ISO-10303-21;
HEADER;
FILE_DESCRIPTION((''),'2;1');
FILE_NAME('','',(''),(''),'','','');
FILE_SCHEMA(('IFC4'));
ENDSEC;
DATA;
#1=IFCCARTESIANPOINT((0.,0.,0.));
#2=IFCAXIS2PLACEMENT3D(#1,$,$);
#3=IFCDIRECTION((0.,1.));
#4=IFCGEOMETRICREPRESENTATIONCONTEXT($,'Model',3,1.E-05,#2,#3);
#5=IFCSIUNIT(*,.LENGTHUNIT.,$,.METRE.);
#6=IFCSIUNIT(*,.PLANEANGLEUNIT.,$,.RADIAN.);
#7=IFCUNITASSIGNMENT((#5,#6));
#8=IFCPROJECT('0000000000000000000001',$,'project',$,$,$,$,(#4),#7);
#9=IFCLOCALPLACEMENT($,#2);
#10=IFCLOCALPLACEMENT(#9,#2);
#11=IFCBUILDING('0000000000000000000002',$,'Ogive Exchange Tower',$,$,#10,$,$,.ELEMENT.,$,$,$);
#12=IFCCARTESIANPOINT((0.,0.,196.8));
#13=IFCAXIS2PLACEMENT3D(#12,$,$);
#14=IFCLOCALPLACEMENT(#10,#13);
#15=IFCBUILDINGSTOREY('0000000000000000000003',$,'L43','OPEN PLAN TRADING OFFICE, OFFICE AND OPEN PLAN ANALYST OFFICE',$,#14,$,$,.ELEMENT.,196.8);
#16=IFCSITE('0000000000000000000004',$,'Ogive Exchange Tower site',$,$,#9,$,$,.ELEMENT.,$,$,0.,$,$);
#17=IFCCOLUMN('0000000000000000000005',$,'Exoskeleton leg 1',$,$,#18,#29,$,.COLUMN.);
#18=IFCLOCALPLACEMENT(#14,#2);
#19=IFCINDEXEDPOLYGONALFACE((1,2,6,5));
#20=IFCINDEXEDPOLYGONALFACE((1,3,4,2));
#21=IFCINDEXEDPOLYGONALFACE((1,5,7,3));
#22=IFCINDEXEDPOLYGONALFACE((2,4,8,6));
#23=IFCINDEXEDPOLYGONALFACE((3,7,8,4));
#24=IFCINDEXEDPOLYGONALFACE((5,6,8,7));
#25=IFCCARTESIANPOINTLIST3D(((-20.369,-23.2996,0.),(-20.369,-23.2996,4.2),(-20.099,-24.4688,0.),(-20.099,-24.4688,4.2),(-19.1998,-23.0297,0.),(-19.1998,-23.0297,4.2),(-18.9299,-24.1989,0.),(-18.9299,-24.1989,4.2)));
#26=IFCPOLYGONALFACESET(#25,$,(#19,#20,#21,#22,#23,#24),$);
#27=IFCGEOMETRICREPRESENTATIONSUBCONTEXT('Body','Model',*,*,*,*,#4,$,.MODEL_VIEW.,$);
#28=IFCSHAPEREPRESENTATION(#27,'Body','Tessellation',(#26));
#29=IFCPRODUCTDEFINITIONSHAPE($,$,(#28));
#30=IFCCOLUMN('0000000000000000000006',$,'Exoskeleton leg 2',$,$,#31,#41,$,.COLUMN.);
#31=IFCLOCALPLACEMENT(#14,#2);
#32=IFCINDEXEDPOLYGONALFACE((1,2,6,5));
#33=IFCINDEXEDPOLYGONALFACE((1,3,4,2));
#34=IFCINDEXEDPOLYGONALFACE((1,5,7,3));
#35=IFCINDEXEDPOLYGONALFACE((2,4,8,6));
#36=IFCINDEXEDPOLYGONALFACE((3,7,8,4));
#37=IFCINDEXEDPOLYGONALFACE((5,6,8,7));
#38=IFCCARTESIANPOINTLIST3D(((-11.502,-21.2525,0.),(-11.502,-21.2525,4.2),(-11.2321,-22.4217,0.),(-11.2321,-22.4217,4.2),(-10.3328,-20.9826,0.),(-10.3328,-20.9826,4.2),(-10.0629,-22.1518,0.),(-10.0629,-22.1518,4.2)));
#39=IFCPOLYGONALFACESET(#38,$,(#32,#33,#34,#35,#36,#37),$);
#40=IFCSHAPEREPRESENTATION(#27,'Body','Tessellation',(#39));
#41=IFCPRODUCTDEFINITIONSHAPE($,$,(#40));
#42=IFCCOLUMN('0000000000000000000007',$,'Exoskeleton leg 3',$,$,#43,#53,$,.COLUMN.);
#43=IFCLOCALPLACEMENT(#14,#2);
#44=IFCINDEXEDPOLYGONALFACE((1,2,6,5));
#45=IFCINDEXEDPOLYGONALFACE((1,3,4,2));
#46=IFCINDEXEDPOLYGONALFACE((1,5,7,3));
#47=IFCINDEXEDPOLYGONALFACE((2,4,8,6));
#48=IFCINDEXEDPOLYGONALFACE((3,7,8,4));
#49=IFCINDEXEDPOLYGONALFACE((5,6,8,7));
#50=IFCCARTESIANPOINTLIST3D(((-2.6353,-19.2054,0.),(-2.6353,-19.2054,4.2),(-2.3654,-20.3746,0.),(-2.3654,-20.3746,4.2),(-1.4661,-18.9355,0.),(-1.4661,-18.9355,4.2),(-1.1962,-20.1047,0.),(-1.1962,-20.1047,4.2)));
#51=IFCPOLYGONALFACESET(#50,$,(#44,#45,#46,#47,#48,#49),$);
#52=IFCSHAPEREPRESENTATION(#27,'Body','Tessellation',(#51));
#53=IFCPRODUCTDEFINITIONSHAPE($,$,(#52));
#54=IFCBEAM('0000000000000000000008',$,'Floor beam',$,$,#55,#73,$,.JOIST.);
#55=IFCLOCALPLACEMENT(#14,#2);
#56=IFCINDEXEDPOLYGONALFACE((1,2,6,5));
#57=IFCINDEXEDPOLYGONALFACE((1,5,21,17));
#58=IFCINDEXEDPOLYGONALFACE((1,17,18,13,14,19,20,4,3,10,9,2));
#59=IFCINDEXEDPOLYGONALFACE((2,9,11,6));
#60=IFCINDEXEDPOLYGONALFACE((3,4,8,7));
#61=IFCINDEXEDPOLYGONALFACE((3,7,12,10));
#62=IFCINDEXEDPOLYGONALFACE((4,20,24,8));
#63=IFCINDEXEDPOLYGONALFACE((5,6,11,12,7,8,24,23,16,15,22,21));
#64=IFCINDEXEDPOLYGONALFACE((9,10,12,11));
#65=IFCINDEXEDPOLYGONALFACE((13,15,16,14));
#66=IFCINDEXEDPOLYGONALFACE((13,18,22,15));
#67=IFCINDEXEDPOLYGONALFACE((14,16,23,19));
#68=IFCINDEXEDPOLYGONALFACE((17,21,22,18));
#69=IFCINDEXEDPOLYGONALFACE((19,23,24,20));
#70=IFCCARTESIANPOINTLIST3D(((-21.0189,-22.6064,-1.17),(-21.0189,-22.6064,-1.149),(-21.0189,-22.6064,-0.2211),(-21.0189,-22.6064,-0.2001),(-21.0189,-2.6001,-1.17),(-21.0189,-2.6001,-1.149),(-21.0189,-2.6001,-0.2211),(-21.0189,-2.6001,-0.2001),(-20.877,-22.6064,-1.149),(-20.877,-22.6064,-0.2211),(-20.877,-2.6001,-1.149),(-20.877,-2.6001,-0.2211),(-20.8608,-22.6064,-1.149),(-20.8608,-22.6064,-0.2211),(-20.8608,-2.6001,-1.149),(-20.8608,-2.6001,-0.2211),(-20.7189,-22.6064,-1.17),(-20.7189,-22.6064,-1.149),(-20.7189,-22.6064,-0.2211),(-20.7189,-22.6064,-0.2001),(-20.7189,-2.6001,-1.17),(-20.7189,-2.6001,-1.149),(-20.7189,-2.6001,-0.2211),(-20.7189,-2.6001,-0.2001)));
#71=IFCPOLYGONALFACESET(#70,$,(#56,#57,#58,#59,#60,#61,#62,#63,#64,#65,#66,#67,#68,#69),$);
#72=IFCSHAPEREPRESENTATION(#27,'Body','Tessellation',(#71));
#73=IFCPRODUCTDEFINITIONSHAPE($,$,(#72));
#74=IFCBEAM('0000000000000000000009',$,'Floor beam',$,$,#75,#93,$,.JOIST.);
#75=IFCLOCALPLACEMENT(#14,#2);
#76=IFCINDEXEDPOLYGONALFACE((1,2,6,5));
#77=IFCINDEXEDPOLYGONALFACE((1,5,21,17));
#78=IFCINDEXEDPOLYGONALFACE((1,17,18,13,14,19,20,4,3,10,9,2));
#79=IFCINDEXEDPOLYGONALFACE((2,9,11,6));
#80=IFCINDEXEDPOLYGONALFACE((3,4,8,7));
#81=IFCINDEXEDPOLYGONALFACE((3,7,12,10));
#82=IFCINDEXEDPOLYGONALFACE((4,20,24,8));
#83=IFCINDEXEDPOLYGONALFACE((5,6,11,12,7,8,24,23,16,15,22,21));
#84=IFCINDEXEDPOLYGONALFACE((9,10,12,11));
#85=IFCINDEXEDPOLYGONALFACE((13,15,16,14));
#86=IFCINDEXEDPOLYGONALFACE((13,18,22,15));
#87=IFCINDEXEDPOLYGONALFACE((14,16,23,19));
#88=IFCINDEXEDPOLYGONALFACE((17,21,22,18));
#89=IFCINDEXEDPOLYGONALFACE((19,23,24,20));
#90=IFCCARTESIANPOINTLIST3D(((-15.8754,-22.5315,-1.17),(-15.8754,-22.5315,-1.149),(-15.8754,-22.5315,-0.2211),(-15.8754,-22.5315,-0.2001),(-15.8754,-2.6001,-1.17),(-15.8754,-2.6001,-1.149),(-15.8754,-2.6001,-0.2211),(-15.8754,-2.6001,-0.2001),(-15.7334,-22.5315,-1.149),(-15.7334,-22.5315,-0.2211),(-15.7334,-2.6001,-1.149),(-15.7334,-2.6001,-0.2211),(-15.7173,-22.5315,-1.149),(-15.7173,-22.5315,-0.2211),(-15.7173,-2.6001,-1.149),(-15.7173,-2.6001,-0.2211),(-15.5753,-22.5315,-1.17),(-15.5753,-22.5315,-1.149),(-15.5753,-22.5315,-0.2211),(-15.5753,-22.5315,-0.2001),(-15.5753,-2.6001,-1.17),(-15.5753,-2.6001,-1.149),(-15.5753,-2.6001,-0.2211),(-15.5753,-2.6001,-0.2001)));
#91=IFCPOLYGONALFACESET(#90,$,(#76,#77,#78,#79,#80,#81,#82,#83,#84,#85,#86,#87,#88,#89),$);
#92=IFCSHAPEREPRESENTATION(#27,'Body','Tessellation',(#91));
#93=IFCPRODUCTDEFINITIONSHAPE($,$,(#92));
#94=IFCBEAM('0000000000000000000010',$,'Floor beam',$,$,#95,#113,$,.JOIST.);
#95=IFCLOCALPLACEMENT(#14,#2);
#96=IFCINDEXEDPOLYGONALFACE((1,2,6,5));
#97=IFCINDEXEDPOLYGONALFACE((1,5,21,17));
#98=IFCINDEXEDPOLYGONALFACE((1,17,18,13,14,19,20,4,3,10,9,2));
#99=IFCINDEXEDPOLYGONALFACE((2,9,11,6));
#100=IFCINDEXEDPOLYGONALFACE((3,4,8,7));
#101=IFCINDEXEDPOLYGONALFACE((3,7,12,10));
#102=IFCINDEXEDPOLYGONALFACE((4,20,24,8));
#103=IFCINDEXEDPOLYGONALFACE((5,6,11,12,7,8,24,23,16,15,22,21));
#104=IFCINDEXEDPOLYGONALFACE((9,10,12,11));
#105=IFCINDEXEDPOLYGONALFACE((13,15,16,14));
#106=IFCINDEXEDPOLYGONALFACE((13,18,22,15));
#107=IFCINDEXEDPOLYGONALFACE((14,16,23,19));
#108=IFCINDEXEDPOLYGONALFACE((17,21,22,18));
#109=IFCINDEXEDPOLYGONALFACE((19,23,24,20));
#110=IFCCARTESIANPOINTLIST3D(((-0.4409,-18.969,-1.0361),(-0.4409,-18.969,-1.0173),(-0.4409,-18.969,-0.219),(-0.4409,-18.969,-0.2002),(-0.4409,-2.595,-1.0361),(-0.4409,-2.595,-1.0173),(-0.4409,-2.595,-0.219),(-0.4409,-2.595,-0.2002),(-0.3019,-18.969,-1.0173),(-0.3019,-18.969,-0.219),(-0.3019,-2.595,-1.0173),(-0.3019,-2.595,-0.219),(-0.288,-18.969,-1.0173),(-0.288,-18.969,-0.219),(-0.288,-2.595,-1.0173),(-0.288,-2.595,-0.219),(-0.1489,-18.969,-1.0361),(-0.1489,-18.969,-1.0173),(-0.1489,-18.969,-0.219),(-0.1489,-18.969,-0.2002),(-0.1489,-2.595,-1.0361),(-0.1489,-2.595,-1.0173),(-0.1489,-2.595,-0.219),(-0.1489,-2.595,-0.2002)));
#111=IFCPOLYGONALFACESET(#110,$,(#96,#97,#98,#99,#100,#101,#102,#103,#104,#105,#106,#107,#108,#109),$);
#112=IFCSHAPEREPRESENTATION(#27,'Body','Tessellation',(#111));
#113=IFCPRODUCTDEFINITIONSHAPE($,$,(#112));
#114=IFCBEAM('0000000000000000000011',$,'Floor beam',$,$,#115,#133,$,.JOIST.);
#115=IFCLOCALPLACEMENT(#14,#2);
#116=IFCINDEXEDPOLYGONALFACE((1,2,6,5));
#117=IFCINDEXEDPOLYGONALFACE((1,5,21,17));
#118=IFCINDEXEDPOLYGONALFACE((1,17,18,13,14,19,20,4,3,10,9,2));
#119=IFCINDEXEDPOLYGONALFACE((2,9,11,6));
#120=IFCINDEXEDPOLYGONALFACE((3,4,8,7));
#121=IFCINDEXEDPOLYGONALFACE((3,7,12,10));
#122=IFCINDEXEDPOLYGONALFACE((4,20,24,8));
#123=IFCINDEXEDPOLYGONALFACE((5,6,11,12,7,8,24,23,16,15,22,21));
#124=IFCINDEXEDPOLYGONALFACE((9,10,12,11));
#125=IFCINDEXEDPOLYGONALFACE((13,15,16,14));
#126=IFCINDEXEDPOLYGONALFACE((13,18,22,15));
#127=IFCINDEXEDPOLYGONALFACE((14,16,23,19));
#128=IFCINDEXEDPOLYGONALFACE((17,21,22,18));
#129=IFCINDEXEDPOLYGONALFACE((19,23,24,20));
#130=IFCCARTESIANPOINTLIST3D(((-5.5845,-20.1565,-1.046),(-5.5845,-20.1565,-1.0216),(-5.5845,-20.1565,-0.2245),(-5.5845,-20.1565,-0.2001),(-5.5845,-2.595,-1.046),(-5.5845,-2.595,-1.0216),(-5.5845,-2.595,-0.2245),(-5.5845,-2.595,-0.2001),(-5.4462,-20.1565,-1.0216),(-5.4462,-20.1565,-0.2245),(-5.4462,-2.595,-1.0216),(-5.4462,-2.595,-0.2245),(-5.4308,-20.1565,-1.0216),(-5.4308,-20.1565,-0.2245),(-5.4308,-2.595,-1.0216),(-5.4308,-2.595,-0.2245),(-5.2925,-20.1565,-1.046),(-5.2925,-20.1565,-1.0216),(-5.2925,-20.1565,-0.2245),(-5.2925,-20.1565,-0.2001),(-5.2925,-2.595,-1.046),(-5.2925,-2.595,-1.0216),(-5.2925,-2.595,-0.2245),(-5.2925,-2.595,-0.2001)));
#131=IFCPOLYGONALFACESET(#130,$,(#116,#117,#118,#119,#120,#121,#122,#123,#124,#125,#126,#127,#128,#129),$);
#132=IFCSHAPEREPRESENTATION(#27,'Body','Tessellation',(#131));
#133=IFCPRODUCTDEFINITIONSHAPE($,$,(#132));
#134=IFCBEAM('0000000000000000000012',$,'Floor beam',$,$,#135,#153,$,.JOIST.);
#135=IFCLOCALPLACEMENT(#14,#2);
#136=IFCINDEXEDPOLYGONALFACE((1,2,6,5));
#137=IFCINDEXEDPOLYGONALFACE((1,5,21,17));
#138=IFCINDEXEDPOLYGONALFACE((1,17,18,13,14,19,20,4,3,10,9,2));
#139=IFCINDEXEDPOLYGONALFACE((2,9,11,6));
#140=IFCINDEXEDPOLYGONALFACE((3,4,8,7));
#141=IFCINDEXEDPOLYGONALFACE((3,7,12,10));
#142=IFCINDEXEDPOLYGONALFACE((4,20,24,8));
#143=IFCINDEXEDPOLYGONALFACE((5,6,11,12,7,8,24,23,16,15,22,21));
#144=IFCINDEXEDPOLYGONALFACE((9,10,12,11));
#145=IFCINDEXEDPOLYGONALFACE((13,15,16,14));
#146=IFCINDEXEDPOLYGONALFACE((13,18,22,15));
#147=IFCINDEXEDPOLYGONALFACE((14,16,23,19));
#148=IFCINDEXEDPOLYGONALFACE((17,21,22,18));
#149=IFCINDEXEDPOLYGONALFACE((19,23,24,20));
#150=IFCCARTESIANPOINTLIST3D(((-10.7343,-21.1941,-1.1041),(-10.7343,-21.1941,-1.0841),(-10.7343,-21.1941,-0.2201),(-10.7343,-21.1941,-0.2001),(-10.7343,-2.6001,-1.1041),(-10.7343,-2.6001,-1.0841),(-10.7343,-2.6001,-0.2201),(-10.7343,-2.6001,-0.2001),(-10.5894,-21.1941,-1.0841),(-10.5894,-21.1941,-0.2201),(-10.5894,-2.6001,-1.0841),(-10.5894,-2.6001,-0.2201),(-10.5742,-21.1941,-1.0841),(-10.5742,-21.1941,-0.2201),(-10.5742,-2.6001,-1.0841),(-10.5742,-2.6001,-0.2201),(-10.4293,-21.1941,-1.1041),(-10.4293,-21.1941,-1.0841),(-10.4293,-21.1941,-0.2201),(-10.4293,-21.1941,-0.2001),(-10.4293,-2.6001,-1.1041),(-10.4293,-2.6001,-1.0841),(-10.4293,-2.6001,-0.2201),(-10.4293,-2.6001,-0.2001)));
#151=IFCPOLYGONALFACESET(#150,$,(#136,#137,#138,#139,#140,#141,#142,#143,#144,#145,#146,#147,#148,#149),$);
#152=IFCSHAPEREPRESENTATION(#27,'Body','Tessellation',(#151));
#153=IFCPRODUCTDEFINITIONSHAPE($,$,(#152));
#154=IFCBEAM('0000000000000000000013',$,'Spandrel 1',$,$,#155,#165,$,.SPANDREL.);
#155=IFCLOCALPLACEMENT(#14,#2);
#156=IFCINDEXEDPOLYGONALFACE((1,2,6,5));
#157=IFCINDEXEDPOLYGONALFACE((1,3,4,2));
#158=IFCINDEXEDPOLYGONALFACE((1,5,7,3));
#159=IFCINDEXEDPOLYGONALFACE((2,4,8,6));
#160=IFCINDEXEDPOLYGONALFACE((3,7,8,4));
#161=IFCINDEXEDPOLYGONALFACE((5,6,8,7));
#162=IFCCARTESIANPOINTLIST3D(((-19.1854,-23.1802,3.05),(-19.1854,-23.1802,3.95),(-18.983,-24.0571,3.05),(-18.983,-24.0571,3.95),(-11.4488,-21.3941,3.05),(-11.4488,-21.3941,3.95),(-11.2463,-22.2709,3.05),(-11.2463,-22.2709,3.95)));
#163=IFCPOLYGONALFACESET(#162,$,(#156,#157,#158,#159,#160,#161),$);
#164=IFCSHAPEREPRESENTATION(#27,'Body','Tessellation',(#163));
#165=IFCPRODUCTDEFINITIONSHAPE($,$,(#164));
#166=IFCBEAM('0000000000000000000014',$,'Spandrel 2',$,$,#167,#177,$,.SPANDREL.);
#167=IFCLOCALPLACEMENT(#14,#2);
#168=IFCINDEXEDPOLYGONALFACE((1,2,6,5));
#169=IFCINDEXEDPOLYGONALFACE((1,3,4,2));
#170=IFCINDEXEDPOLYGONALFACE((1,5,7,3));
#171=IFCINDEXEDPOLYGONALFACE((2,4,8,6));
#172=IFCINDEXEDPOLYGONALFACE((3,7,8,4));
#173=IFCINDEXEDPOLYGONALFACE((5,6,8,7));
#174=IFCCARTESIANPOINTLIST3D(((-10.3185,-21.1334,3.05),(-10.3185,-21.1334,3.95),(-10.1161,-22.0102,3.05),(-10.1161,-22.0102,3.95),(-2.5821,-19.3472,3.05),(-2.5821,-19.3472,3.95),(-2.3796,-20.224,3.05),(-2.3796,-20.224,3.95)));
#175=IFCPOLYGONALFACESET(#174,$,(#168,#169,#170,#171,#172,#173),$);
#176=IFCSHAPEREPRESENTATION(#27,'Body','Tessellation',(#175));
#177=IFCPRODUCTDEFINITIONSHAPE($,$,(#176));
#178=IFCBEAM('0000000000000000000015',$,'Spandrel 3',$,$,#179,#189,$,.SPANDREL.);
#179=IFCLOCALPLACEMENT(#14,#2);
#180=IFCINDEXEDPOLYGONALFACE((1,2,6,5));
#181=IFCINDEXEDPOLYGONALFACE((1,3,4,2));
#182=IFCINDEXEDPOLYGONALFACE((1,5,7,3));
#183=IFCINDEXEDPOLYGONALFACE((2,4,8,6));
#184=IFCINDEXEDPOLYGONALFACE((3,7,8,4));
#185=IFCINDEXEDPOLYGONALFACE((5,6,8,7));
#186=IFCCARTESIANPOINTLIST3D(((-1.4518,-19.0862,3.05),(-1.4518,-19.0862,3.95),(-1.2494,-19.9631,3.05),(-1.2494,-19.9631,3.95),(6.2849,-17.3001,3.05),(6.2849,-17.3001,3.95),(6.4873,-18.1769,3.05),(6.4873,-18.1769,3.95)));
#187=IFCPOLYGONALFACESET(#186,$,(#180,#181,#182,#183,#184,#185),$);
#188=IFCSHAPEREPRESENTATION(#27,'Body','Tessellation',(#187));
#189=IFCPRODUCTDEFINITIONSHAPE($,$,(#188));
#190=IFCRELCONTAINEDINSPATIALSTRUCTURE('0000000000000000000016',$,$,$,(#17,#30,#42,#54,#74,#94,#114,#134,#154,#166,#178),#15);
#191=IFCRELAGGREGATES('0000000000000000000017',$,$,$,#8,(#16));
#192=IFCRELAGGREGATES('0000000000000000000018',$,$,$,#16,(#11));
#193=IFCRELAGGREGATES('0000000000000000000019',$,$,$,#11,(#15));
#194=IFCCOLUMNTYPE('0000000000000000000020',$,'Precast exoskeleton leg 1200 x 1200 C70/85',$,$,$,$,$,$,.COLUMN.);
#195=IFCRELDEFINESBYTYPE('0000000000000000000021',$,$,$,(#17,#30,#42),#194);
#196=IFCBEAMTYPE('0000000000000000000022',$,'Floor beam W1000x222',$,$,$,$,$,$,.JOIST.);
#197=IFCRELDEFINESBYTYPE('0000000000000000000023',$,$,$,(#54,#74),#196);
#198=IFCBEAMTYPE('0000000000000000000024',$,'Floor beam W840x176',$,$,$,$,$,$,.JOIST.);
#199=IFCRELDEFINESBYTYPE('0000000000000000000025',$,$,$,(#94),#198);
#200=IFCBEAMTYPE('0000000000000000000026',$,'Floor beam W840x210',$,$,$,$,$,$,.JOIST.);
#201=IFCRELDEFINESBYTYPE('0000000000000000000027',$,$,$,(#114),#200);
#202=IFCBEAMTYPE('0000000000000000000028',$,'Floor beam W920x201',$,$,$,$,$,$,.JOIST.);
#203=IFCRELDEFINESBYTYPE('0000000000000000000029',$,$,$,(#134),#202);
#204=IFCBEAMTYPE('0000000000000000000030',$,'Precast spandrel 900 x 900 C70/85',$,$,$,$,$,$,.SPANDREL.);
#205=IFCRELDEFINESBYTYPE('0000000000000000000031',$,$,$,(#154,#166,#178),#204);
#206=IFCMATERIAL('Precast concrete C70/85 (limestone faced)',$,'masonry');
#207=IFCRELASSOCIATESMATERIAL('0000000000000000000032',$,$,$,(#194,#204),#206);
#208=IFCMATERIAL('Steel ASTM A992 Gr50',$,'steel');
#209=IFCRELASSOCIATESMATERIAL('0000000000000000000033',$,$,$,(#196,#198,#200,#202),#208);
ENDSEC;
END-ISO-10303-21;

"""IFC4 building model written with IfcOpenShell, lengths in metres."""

from ifc_helpers import new_model, si_unit, direction, frame, origin, origin_2d, place, context, subcontext, project, spatial, rectangle, i_section, extrude, material, material_profile, profile_set, type_object, element, save


model = new_model("IFC4")

# Units and contexts
model_context = context("Model", 3, precision=1e-05, world=origin(), true_north=direction((0.0, 1.0)))
body_context = subcontext(model_context, "Body", "Model", "MODEL_VIEW")
ifc_project = project(units=[si_unit("LENGTHUNIT", "METRE"), si_unit("PLANEANGLEUNIT", "RADIAN")], contexts=[model_context])

# Site, building, storey
site_placement = place(None, origin())
site = spatial("IfcSite", under=ifc_project, at=site_placement, Name="Ogive Exchange Tower site", CompositionType="ELEMENT", RefElevation=0.0)
building_placement = place(site_placement, origin())
building = spatial("IfcBuilding", under=site, at=building_placement, Name="Ogive Exchange Tower", CompositionType="ELEMENT")
storey_placement = place(building_placement, frame((0.0, 0.0, 196.8)))
storey = spatial("IfcBuildingStorey", under=building, at=storey_placement, Name="L43", Description="OPEN PLAN TRADING OFFICE, OFFICE AND OPEN PLAN ANALYST OFFICE", CompositionType="ELEMENT", Elevation=196.8)

# Columns
ifc_material_1 = material(Name="Precast concrete C70/85 (limestone faced)", Category="masonry")
ifc_material_profile_1 = material_profile(ifc_material_1, rectangle(XDim=1.2, YDim=1.2, at=origin_2d()), Name="1200 x 1200")
ifc_profile_set_1 = profile_set([ifc_material_profile_1], Name="Precast concrete C70/85 (limestone faced)")
column_type = type_object("IfcColumnType", Name="Precast exoskeleton leg 1200 x 1200 C70/85", PredefinedType="COLUMN", material=ifc_profile_set_1)
for number, where, z_axis, x_axis, name in (
    (1, (-19.6494, -23.7493, 0.0), (0.0, 0.0, 1.0), (0.97437, 0.224951, 0.0), "Exoskeleton leg 1"),
    (2, (-10.7825, -21.7021, 0.0), (0.0, 0.0, 1.0), (0.97437, 0.224951, 0.0), "Exoskeleton leg 2"),
    (3, (-1.9158, -19.655, 0.0), (0.0, 0.0, 1.0), (0.97437, 0.224951, 0.0), "Exoskeleton leg 3"),
):
    element("IfcColumn", number, at=place(storey_placement, frame(where, z_axis=z_axis, x_axis=x_axis)), inside=storey, type_object=column_type, Name=name, PredefinedType="COLUMN", context=body_context, shape_type="SweptSolid", body=[
        extrude(rectangle(XDim=1.2, YDim=1.2, at=origin_2d()), origin(), (0.0, 0.0, 1.0), 4.2),
    ])

# Beams
ifc_material_2 = material(Name="Steel ASTM A992 Gr50", Category="steel")
ifc_material_profile_2 = material_profile(ifc_material_2, i_section(OverallWidth=0.3, OverallDepth=0.97, WebThickness=0.0161, FlangeThickness=0.021, at=origin_2d()), Name="W1000x222")
ifc_profile_set_2 = profile_set([ifc_material_profile_2], Name="Steel ASTM A992 Gr50")
beam_type_1 = type_object("IfcBeamType", Name="Floor beam W1000x222", PredefinedType="JOIST", material=ifc_profile_set_2)
beam_1_placement = place(storey_placement, frame((-20.8689, -22.6064, -0.6851), z_axis=(0.0, 1.0, 0.0), x_axis=(-1.0, 0.0, 0.0)))
element("IfcBeam", 4, at=beam_1_placement, inside=storey, type_object=beam_type_1, Name="Floor beam", PredefinedType="JOIST", context=body_context, shape_type="SweptSolid", body=[
    extrude(i_section(OverallWidth=0.3, OverallDepth=0.97, WebThickness=0.0161, FlangeThickness=0.021, at=origin_2d()), origin(), (0.0, 0.0, 1.0), 20.0063),
])
beam_2_placement = place(storey_placement, frame((-15.7253, -22.5315, -0.6851), z_axis=(0.0, 1.0, 0.0), x_axis=(-1.0, 0.0, 0.0)))
element("IfcBeam", 5, at=beam_2_placement, inside=storey, type_object=beam_type_1, Name="Floor beam", PredefinedType="JOIST", context=body_context, shape_type="SweptSolid", body=[
    extrude(i_section(OverallWidth=0.3, OverallDepth=0.97, WebThickness=0.0161, FlangeThickness=0.021, at=origin_2d()), origin(), (0.0, 0.0, 1.0), 19.9314),
])
ifc_material_profile_3 = material_profile(ifc_material_2, i_section(OverallWidth=0.292, OverallDepth=0.8359, WebThickness=0.0139, FlangeThickness=0.0188, at=origin_2d()), Name="W840x176")
ifc_profile_set_3 = profile_set([ifc_material_profile_3], Name="Steel ASTM A992 Gr50")
beam_type_2 = type_object("IfcBeamType", Name="Floor beam W840x176", PredefinedType="JOIST", material=ifc_profile_set_3)
beam_3_placement = place(storey_placement, frame((-0.2949, -18.969, -0.6182), z_axis=(0.0, 1.0, 0.0), x_axis=(-1.0, 0.0, 0.0)))
element("IfcBeam", 6, at=beam_3_placement, inside=storey, type_object=beam_type_2, Name="Floor beam", PredefinedType="JOIST", context=body_context, shape_type="SweptSolid", body=[
    extrude(i_section(OverallWidth=0.292, OverallDepth=0.8359, WebThickness=0.0139, FlangeThickness=0.0188, at=origin_2d()), origin(), (0.0, 0.0, 1.0), 16.374),
])
ifc_material_profile_4 = material_profile(ifc_material_2, i_section(OverallWidth=0.292, OverallDepth=0.8459, WebThickness=0.0154, FlangeThickness=0.0244, at=origin_2d()), Name="W840x210")
ifc_profile_set_4 = profile_set([ifc_material_profile_4], Name="Steel ASTM A992 Gr50")
beam_type_3 = type_object("IfcBeamType", Name="Floor beam W840x210", PredefinedType="JOIST", material=ifc_profile_set_4)
beam_4_placement = place(storey_placement, frame((-5.4385, -20.1565, -0.623), z_axis=(0.0, 1.0, 0.0), x_axis=(-1.0, 0.0, 0.0)))
element("IfcBeam", 7, at=beam_4_placement, inside=storey, type_object=beam_type_3, Name="Floor beam", PredefinedType="JOIST", context=body_context, shape_type="SweptSolid", body=[
    extrude(i_section(OverallWidth=0.292, OverallDepth=0.8459, WebThickness=0.0154, FlangeThickness=0.0244, at=origin_2d()), origin(), (0.0, 0.0, 1.0), 17.5615),
])
ifc_material_profile_5 = material_profile(ifc_material_2, i_section(OverallWidth=0.3049, OverallDepth=0.9041, WebThickness=0.0151, FlangeThickness=0.02, at=origin_2d()), Name="W920x201")
ifc_profile_set_5 = profile_set([ifc_material_profile_5], Name="Steel ASTM A992 Gr50")
beam_type_4 = type_object("IfcBeamType", Name="Floor beam W920x201", PredefinedType="JOIST", material=ifc_profile_set_5)
beam_5_placement = place(storey_placement, frame((-10.5818, -21.1941, -0.6521), z_axis=(0.0, 1.0, 0.0), x_axis=(-1.0, 0.0, 0.0)))
element("IfcBeam", 8, at=beam_5_placement, inside=storey, type_object=beam_type_4, Name="Floor beam", PredefinedType="JOIST", context=body_context, shape_type="SweptSolid", body=[
    extrude(i_section(OverallWidth=0.3049, OverallDepth=0.9041, WebThickness=0.0151, FlangeThickness=0.02, at=origin_2d()), origin(), (0.0, 0.0, 1.0), 18.594),
])
ifc_material_profile_6 = material_profile(ifc_material_1, rectangle(XDim=0.8999, YDim=0.8999, at=origin_2d()), Name="900 x 900")
ifc_profile_set_6 = profile_set([ifc_material_profile_6], Name="Precast concrete C70/85 (limestone faced)")
beam_type_5 = type_object("IfcBeamType", Name="Precast spandrel 900 x 900 C70/85", PredefinedType="SPANDREL", material=ifc_profile_set_6)
beam_6_placement = place(storey_placement, frame((-19.0842, -23.6187, 3.5), z_axis=(0.97437, 0.224952, 0.0), x_axis=(-0.224952, 0.97437, 0.0)))
element("IfcBeam", 9, at=beam_6_placement, inside=storey, type_object=beam_type_5, Name="Spandrel 1", PredefinedType="SPANDREL", context=body_context, shape_type="SweptSolid", body=[
    extrude(rectangle(XDim=0.8999, YDim=0.8999, at=origin_2d()), origin(), (0.0, 0.0, 1.0), 7.9402),
])
beam_7_placement = place(storey_placement, frame((-10.2173, -21.5718, 3.5), z_axis=(0.974368, 0.224958, 0.0), x_axis=(-0.224958, 0.974368, 0.0)))
element("IfcBeam", 10, at=beam_7_placement, inside=storey, type_object=beam_type_5, Name="Spandrel 2", PredefinedType="SPANDREL", context=body_context, shape_type="SweptSolid", body=[
    extrude(rectangle(XDim=0.8999, YDim=0.8999, at=origin_2d()), origin(), (0.0, 0.0, 1.0), 7.9399),
])
beam_8_placement = place(storey_placement, frame((-1.3506, -19.5247, 3.5), z_axis=(0.97437, 0.224952, 0.0), x_axis=(-0.224952, 0.97437, 0.0)))
element("IfcBeam", 11, at=beam_8_placement, inside=storey, type_object=beam_type_5, Name="Spandrel 3", PredefinedType="SPANDREL", context=body_context, shape_type="SweptSolid", body=[
    extrude(rectangle(XDim=0.8999, YDim=0.8999, at=origin_2d()), origin(), (0.0, 0.0, 1.0), 7.9402),
])

save(model, "model.ifc")
